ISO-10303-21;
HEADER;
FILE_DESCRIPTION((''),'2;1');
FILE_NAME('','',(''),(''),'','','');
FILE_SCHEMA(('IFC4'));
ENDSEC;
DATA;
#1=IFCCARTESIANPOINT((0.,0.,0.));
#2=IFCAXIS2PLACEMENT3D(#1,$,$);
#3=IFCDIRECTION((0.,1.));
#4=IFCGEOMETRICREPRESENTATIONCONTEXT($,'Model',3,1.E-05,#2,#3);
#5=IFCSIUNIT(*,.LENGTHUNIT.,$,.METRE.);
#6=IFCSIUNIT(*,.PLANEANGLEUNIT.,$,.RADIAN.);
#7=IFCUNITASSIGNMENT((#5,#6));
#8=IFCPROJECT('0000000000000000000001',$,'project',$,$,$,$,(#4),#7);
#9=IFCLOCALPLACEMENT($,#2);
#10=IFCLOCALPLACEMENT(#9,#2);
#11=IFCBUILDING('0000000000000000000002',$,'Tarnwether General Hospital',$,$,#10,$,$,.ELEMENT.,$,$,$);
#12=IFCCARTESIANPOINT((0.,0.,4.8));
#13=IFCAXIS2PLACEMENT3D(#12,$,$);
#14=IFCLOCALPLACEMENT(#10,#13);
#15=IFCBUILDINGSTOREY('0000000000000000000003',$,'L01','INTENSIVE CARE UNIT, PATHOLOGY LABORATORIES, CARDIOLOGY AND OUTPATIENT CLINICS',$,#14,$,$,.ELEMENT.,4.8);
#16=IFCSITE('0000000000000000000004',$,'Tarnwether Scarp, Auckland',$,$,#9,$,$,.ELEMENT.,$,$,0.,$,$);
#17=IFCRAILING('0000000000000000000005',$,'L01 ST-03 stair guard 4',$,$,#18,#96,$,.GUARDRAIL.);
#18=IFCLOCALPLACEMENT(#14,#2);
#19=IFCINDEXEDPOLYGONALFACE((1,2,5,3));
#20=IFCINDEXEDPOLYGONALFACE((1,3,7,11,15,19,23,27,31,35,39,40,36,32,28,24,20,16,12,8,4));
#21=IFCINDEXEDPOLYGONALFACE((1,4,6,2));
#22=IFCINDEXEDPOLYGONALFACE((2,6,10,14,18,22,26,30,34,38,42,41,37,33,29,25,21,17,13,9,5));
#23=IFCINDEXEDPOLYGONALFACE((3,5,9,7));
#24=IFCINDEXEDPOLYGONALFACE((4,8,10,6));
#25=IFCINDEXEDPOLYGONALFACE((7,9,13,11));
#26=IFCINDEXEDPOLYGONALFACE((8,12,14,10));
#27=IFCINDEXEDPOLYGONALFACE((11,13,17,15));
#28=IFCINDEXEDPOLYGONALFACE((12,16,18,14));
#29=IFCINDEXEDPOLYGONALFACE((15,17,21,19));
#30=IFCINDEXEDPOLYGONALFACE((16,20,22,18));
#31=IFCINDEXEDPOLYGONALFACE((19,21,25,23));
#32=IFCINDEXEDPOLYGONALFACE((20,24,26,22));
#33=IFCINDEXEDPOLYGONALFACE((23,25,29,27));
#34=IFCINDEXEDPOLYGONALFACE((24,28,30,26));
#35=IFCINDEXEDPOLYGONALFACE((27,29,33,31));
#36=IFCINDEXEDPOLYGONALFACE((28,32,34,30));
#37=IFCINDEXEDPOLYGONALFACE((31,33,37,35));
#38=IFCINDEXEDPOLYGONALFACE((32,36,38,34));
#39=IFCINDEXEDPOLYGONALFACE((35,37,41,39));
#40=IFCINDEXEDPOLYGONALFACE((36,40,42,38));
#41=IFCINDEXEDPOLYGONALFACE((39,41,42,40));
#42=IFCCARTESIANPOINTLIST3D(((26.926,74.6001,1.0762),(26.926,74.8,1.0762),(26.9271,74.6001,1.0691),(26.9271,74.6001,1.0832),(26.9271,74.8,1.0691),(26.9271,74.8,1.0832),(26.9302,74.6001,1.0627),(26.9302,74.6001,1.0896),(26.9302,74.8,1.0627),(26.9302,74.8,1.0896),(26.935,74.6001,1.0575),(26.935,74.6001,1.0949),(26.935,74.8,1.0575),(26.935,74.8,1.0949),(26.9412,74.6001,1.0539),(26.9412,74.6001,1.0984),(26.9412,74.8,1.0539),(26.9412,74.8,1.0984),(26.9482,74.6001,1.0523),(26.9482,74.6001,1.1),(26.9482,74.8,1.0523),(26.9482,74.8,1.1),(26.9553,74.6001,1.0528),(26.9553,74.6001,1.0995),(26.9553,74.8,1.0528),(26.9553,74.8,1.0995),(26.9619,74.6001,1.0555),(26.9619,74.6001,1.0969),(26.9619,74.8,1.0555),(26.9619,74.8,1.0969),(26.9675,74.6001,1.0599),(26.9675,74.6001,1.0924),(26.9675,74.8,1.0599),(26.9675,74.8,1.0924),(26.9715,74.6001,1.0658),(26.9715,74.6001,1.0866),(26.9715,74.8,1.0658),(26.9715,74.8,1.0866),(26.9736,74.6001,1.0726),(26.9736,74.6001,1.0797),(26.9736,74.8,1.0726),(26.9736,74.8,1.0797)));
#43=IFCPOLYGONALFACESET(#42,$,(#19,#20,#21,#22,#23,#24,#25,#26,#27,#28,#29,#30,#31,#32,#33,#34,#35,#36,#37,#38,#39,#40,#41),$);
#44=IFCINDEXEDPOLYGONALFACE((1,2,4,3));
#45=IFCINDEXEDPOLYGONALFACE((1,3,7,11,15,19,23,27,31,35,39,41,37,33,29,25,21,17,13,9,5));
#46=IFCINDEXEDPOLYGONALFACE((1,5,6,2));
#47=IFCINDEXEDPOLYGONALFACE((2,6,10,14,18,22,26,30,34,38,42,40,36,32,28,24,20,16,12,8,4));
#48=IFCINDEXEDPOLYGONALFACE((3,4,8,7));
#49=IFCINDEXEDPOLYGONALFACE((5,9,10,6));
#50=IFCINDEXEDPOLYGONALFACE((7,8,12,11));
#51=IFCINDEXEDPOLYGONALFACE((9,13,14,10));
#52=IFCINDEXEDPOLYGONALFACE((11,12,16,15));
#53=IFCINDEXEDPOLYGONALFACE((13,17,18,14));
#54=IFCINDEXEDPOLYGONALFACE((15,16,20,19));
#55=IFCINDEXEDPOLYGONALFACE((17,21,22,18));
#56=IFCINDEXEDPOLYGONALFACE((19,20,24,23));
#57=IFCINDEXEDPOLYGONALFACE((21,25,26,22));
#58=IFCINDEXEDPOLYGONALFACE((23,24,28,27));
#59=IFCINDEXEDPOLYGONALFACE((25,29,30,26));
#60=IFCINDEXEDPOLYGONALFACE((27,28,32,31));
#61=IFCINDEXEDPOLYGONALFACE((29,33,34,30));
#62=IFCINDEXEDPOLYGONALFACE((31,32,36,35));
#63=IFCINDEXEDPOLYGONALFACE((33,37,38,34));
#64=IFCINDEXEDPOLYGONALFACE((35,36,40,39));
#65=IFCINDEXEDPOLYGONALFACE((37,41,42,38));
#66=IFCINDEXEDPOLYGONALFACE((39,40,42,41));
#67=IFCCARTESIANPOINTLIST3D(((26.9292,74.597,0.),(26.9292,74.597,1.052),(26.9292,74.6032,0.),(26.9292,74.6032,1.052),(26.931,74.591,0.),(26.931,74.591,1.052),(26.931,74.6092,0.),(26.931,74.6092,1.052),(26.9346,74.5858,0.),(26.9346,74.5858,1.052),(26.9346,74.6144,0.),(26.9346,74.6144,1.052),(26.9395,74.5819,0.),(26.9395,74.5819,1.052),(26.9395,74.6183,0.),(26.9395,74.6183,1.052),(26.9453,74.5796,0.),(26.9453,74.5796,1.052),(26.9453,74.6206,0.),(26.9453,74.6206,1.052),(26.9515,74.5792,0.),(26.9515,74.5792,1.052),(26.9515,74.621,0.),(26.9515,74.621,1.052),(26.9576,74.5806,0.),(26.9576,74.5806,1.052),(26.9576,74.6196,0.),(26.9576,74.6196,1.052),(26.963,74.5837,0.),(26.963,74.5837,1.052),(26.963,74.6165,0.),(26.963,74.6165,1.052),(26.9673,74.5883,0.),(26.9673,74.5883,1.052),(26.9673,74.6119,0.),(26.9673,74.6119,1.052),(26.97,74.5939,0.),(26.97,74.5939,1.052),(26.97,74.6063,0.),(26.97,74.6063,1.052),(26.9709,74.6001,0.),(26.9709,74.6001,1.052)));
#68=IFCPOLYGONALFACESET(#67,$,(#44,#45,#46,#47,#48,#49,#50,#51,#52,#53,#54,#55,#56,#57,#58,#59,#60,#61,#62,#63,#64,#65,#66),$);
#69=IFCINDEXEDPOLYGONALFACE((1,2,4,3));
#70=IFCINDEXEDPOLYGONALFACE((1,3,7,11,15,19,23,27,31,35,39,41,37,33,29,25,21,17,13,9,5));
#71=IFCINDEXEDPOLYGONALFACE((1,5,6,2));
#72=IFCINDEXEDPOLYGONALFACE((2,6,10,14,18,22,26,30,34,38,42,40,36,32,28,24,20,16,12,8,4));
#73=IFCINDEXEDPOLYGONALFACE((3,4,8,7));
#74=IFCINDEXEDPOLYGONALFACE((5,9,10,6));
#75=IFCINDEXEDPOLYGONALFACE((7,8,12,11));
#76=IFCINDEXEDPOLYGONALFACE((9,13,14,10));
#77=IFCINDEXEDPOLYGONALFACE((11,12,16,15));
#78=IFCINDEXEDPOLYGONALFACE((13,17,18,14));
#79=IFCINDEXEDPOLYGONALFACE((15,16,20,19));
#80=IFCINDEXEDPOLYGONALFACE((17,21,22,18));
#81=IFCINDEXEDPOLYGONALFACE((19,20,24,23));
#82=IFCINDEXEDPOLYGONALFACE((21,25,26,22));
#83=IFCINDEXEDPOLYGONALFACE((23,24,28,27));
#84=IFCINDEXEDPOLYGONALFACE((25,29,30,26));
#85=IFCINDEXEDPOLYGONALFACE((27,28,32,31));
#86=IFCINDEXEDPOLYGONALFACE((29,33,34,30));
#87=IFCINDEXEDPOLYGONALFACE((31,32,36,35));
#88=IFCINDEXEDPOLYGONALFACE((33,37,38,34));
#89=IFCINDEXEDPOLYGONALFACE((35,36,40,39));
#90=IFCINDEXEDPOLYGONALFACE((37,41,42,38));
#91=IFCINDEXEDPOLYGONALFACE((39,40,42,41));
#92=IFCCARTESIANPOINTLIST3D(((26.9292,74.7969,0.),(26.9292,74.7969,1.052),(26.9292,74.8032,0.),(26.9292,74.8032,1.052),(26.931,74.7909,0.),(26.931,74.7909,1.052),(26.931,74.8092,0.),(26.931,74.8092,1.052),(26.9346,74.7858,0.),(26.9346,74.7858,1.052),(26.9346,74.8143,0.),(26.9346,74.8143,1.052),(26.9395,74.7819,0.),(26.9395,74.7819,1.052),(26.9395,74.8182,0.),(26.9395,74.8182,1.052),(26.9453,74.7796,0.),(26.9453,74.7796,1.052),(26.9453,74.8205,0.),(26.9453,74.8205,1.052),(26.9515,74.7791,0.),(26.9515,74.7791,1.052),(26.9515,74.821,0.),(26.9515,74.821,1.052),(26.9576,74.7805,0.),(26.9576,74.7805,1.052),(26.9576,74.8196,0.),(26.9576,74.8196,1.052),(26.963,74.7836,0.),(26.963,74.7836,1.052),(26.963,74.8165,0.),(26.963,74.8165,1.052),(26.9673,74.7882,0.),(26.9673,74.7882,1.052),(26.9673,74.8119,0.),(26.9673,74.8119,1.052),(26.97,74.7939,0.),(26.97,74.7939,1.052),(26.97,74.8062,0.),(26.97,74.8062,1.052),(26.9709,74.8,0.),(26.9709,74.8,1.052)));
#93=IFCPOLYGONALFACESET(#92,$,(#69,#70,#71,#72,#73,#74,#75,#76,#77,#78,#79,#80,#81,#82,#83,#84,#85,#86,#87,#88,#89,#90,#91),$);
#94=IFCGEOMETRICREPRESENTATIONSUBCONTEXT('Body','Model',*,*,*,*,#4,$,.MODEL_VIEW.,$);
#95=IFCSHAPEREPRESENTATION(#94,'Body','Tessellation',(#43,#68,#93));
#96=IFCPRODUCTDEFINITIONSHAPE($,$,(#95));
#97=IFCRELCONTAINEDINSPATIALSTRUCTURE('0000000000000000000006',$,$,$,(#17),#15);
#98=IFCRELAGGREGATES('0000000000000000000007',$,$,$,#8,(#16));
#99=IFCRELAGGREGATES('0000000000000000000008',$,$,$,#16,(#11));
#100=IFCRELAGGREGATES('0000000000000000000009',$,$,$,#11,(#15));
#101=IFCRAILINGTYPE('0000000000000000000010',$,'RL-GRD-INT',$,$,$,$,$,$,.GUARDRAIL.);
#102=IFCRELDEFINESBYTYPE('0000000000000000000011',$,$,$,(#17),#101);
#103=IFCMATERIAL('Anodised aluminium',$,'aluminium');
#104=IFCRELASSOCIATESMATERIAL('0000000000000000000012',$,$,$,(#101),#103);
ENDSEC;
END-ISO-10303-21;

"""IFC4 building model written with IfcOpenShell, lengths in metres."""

from ifc_helpers import new_model, si_unit, direction, frame, origin, origin_2d, place, context, subcontext, project, spatial, circle, extrude, material, type_object, element, save


model = new_model("IFC4")

# Units and contexts
model_context = context("Model", 3, precision=1e-05, world=origin(), true_north=direction((0.0, 1.0)))
body_context = subcontext(model_context, "Body", "Model", "MODEL_VIEW")
ifc_project = project(units=[si_unit("LENGTHUNIT", "METRE"), si_unit("PLANEANGLEUNIT", "RADIAN")], contexts=[model_context])

# Site, building, storey
site_placement = place(None, origin())
site = spatial("IfcSite", under=ifc_project, at=site_placement, Name="Tarnwether Scarp, Auckland", CompositionType="ELEMENT", RefElevation=0.0)
building_placement = place(site_placement, origin())
building = spatial("IfcBuilding", under=site, at=building_placement, Name="Tarnwether General Hospital", CompositionType="ELEMENT")
storey_placement = place(building_placement, frame((0.0, 0.0, 4.8)))
storey = spatial("IfcBuildingStorey", under=building, at=storey_placement, Name="L01", Description="INTENSIVE CARE UNIT, PATHOLOGY LABORATORIES, CARDIOLOGY AND OUTPATIENT CLINICS", CompositionType="ELEMENT", Elevation=4.8)

# Railing
ifc_material_1 = material(Name="Anodised aluminium", Category="aluminium")
railing_type_1 = type_object("IfcRailingType", Name="RL-GRD-INT", PredefinedType="GUARDRAIL", material=ifc_material_1)
railing_1_placement = place(storey_placement, frame((26.95, 74.6001, 0.0)))
element("IfcRailing", 1, at=railing_1_placement, inside=storey, type_object=railing_type_1, Name="L01 ST-03 stair guard 4", PredefinedType="GUARDRAIL", context=body_context, shape_type="SweptSolid", body=[
    extrude(circle(Radius=0.0239, at=origin_2d()), frame((0.0, 0.0, 1.0762), z_axis=(0.0, 1.0, 0.0), x_axis=(-1.0, 0.0, 0.0)), (0.0, 0.0, 1.0), 0.2),
    extrude(circle(Radius=0.021, at=origin_2d()), origin(), (0.0, 0.0, 1.0), 1.052),
    extrude(circle(Radius=0.021, at=origin_2d()), frame((0.0, 0.2, 0.0)), (0.0, 0.0, 1.0), 1.052),
])

save(model, "model.ifc")
